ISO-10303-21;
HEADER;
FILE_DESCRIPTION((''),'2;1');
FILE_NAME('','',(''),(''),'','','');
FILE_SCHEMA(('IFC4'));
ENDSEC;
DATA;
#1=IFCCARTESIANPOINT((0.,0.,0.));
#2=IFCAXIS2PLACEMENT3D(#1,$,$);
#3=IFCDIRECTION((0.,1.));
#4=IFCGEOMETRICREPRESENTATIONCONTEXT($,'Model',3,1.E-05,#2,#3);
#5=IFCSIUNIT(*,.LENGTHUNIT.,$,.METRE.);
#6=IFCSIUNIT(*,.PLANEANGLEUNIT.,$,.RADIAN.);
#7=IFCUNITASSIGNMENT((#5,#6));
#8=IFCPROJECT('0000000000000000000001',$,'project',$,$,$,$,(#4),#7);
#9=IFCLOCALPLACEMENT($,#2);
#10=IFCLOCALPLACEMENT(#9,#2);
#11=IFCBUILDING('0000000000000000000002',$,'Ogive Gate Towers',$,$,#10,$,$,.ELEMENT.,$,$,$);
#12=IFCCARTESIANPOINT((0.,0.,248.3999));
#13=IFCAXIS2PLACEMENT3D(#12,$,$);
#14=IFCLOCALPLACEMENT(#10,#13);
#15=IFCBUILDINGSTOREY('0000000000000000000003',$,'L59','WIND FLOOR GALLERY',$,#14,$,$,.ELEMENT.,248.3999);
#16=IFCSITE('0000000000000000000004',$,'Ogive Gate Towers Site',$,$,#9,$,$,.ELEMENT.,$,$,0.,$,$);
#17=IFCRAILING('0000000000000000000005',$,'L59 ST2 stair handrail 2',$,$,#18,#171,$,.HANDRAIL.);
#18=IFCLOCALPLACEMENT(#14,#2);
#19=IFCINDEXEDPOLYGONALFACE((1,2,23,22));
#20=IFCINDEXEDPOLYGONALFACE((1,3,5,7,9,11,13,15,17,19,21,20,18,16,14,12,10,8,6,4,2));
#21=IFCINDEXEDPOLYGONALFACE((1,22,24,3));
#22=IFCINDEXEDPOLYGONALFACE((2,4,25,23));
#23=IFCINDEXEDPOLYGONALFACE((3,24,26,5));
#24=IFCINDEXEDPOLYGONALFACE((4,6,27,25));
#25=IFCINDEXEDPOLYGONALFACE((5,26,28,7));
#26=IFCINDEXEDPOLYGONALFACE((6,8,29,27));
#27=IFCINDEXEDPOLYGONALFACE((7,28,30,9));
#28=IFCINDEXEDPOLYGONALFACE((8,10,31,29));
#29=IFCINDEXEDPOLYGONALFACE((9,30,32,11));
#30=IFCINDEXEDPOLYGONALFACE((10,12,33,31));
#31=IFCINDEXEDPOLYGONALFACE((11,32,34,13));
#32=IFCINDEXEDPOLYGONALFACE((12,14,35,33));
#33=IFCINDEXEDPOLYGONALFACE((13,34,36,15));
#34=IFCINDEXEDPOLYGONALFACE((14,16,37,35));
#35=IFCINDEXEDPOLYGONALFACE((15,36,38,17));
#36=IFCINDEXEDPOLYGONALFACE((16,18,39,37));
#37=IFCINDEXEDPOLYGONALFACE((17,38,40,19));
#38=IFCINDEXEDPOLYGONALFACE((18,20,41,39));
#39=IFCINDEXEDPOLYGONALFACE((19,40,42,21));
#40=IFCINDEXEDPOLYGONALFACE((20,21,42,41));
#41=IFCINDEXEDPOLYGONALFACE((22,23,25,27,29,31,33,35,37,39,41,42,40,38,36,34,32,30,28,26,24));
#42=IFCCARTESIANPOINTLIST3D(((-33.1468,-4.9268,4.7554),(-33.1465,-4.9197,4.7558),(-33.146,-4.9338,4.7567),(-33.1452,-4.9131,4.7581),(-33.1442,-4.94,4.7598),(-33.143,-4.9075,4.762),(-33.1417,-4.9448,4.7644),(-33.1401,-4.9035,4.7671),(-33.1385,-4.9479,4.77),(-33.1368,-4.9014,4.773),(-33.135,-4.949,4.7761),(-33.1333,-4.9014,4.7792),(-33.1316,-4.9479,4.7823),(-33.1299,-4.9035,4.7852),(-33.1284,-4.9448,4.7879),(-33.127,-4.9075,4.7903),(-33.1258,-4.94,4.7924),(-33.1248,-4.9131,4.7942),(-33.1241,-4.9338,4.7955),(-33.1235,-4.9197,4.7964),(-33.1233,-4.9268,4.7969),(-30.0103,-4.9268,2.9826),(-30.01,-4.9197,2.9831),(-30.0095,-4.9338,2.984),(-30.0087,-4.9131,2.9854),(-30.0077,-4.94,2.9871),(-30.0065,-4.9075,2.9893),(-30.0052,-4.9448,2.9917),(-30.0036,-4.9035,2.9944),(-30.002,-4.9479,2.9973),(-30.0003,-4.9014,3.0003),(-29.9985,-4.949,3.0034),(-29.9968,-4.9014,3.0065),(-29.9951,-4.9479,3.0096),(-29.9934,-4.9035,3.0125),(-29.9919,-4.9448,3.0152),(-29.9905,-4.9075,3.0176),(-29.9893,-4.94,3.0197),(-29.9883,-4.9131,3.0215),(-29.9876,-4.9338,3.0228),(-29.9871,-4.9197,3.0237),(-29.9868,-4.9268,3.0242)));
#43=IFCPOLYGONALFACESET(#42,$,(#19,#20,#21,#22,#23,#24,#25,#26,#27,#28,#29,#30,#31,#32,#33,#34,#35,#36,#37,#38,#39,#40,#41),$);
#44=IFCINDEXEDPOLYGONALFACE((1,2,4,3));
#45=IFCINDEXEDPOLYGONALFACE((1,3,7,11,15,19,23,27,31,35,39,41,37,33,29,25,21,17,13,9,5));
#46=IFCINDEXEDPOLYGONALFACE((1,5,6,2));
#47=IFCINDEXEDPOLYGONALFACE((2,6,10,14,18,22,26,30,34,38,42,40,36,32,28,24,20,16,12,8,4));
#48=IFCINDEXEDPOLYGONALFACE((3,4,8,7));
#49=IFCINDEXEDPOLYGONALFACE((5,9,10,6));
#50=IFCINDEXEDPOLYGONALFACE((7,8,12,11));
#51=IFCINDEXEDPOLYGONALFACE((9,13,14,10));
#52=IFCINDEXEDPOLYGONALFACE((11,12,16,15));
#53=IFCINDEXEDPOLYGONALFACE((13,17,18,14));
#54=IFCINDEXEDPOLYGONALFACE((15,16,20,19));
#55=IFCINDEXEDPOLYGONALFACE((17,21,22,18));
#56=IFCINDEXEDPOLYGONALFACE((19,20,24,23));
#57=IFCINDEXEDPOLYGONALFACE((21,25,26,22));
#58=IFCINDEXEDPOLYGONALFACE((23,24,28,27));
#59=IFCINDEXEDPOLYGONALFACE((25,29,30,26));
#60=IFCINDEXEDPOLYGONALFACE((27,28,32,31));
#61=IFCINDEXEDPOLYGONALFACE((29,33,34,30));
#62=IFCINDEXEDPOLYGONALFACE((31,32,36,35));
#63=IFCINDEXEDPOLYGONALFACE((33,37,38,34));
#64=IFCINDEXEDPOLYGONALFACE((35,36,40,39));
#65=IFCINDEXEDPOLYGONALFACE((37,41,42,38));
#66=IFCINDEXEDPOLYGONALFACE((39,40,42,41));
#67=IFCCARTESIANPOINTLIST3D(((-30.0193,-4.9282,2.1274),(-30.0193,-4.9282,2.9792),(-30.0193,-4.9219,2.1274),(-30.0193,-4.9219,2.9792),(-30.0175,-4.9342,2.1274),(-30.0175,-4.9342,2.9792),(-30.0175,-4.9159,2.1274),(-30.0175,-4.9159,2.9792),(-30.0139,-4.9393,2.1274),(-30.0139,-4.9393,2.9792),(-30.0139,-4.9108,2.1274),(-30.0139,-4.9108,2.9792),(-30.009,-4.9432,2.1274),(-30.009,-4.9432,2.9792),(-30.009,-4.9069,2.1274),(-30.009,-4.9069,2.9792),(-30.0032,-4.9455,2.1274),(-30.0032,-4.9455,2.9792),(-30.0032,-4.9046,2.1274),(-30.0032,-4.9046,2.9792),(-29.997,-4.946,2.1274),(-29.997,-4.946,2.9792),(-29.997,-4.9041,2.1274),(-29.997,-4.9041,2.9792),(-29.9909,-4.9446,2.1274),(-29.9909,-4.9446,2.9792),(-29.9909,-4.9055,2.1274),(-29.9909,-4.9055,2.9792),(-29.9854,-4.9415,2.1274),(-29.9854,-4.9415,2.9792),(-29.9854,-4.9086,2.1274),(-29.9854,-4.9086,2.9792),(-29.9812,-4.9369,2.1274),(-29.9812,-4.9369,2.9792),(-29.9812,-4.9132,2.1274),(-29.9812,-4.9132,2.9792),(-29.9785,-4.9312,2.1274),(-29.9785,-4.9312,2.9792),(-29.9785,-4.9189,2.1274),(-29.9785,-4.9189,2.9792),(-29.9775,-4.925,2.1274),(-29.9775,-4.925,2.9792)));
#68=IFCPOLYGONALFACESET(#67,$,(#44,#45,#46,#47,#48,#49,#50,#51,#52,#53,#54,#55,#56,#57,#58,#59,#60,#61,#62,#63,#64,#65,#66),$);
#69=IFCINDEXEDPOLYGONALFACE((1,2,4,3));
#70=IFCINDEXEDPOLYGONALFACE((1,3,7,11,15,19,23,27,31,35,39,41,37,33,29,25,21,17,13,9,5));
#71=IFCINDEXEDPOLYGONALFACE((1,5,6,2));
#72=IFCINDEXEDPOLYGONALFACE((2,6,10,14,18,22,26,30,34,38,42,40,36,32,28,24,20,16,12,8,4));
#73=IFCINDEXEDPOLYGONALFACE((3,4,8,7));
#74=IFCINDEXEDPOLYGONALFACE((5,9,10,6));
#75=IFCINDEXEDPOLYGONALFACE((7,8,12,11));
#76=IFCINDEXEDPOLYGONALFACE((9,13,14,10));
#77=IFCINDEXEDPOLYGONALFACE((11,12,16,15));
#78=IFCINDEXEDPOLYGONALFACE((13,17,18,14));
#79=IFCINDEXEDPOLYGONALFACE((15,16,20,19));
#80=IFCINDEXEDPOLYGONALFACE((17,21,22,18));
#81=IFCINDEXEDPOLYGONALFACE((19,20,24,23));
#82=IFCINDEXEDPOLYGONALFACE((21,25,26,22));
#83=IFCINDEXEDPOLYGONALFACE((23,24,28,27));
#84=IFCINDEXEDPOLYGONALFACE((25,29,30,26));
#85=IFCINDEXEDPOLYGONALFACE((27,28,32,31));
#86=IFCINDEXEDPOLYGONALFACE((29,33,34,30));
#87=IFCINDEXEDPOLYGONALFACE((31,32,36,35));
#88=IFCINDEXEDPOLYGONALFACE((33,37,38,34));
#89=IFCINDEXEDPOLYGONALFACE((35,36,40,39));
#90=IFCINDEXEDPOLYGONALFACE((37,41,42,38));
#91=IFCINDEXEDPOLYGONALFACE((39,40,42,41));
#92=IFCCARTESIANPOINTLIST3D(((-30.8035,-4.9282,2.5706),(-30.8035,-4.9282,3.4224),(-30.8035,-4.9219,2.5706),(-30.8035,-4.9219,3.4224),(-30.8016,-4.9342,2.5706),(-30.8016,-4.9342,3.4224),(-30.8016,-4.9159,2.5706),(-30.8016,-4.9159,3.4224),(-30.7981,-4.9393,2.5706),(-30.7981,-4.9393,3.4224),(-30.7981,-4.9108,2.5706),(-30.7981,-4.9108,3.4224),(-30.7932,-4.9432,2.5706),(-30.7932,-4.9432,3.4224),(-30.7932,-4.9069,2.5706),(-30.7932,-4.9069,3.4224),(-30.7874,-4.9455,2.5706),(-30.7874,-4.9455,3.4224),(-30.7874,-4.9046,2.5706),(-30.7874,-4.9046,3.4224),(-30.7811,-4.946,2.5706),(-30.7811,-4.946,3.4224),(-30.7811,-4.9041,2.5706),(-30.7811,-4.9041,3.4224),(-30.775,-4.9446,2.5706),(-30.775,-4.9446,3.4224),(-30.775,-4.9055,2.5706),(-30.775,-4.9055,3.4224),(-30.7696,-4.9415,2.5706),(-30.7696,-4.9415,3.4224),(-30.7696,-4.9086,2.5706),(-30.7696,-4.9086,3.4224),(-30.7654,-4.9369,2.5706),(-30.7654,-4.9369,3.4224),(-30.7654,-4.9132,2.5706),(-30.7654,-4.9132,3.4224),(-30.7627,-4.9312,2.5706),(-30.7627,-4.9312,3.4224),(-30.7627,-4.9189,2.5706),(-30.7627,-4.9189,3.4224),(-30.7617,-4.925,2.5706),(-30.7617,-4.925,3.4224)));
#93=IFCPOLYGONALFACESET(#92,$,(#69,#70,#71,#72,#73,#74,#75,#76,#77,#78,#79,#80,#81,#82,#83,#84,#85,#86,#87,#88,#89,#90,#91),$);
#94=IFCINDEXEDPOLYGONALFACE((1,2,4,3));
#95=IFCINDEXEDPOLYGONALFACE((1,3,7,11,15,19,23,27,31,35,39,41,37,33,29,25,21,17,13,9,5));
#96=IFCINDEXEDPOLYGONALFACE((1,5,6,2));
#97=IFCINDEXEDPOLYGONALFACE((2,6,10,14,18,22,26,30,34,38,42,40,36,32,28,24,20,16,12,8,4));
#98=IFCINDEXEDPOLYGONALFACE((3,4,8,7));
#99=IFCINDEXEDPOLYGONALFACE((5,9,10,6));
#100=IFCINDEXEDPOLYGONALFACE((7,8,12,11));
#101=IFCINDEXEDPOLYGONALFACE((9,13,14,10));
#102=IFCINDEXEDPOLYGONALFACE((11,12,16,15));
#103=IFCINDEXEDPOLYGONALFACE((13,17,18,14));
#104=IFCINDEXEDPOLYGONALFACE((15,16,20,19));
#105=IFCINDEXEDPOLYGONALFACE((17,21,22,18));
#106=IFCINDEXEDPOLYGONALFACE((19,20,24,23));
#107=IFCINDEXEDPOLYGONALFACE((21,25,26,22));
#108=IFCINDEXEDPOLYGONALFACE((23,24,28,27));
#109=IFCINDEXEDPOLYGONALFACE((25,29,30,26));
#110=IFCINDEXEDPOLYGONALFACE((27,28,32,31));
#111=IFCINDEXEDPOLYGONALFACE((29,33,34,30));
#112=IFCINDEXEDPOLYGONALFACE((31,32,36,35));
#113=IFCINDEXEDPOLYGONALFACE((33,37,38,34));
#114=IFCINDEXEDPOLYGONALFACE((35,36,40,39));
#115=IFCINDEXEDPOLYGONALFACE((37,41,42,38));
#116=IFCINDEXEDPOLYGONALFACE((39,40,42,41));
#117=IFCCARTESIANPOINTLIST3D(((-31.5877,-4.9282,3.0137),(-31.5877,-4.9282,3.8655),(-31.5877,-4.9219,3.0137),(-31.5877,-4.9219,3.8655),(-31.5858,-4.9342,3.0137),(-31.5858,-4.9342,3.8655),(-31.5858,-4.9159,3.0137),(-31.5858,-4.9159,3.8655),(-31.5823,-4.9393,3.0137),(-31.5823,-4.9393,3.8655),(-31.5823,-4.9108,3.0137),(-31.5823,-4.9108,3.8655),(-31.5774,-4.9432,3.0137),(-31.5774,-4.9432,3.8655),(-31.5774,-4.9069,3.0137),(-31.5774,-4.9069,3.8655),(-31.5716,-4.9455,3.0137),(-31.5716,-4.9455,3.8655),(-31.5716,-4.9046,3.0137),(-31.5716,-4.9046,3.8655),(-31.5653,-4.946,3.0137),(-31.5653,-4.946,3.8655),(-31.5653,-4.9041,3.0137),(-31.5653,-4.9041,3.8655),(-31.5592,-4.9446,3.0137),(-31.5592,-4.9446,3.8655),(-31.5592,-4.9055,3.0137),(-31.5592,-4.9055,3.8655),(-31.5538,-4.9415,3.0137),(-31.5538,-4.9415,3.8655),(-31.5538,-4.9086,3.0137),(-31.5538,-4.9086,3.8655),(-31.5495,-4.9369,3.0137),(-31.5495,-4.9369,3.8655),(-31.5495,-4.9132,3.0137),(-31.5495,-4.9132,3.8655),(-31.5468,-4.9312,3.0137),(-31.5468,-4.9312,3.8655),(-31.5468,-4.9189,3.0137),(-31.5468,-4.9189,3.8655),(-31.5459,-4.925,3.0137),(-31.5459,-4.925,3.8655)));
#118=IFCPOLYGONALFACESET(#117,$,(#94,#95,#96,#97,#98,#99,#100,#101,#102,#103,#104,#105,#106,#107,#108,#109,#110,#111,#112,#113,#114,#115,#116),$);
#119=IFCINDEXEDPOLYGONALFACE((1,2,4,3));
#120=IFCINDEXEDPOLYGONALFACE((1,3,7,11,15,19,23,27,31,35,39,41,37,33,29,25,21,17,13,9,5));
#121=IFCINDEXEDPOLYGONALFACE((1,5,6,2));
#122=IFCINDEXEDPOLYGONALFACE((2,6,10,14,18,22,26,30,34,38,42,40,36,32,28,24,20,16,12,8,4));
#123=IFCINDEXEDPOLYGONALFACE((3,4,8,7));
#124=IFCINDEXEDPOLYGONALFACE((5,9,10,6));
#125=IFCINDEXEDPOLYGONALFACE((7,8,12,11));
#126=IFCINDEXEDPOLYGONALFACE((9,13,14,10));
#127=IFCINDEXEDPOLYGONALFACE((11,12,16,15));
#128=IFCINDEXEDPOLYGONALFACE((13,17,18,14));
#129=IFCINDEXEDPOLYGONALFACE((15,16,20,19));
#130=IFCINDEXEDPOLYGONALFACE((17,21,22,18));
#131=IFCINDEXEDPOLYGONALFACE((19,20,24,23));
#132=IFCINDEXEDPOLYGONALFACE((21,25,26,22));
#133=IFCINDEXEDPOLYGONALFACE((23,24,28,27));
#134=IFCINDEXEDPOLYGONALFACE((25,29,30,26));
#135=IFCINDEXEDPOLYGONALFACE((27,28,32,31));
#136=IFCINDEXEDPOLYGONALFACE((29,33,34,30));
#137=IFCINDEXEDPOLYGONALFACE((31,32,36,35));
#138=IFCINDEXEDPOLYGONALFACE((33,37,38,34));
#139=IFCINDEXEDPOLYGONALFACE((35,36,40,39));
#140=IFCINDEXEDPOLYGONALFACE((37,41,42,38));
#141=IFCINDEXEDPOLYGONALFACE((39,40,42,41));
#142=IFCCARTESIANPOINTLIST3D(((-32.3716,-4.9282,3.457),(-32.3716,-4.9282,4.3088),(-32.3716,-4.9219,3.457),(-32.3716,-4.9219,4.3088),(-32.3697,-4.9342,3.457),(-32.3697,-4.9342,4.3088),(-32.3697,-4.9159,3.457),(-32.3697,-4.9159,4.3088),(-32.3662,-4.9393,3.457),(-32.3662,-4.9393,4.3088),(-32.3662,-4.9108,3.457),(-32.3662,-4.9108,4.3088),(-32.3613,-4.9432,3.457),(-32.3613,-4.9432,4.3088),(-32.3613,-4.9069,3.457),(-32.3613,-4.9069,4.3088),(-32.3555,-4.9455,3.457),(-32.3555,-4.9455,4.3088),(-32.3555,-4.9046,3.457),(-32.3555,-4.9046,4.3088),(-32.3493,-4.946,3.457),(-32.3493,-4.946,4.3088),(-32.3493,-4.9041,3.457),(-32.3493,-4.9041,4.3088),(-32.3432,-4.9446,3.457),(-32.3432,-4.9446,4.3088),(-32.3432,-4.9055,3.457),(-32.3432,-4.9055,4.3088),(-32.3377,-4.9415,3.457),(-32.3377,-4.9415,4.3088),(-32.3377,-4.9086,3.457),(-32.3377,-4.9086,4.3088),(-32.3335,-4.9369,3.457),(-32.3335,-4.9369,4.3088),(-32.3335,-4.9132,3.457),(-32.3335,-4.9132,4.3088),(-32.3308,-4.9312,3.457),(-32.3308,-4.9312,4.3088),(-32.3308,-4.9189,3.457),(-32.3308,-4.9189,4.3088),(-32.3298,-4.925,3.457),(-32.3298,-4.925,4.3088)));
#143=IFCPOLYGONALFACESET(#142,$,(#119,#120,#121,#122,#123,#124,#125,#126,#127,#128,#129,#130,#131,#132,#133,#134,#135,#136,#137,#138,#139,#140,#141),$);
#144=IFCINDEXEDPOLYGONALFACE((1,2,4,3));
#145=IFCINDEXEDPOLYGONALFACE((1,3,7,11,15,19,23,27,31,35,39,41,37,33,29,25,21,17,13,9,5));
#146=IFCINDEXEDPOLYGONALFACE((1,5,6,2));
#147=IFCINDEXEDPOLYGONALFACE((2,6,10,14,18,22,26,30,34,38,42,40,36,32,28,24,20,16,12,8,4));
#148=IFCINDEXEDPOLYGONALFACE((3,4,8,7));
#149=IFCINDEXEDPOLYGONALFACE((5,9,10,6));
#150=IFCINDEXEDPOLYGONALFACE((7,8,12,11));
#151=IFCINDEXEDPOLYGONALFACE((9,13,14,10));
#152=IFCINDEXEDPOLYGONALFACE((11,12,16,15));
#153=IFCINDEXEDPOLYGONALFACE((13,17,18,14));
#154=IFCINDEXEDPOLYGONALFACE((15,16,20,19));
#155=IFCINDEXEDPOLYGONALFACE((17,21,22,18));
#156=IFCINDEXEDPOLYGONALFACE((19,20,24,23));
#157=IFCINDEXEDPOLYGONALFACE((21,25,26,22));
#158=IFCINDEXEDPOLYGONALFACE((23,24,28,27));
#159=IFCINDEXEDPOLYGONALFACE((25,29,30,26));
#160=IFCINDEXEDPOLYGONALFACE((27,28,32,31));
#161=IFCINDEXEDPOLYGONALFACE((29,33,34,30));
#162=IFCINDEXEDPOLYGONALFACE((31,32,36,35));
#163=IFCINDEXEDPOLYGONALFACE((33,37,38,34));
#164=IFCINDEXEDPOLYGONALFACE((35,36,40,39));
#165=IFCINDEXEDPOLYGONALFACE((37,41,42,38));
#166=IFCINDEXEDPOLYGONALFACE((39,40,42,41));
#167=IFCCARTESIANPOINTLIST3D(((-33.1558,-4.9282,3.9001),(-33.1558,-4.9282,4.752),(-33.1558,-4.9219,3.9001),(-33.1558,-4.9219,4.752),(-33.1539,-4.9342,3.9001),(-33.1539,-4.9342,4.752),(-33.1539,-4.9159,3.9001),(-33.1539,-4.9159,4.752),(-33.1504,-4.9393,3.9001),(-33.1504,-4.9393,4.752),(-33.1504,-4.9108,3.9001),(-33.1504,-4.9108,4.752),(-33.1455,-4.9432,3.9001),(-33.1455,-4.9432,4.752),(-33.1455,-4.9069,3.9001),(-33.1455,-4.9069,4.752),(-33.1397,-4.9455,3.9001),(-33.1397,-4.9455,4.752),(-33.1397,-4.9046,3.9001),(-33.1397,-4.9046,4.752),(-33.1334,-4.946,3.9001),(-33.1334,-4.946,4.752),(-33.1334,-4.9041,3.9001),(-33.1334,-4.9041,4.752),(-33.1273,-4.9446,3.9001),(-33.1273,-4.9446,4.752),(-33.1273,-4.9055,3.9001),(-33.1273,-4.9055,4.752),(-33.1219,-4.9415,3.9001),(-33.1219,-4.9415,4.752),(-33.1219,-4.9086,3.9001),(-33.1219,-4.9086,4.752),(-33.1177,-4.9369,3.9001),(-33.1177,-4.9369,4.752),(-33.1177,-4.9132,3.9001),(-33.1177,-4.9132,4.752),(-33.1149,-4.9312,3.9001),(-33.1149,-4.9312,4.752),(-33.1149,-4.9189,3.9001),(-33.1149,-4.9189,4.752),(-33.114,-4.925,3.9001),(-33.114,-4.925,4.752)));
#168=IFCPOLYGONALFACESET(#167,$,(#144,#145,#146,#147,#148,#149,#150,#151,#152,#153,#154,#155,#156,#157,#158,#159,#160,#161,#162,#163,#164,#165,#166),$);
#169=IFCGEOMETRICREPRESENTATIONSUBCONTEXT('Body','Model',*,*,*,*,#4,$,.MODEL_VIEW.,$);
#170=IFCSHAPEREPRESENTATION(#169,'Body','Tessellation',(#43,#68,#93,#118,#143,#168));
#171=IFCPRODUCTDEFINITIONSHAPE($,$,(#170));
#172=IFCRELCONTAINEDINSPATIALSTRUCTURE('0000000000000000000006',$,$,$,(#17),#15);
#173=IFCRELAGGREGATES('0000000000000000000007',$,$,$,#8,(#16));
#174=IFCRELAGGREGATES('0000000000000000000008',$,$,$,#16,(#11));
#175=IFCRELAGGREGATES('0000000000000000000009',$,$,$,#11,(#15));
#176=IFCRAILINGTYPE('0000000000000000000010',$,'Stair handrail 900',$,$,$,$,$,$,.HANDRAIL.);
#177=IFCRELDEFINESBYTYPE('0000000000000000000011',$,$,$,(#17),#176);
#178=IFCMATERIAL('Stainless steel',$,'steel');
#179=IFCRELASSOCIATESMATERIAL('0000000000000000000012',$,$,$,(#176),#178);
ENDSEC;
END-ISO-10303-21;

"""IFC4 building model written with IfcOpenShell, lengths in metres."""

from ifc_helpers import new_model, si_unit, direction, frame, origin, origin_2d, place, context, subcontext, project, spatial, circle, extrude, material, type_object, element, save


model = new_model("IFC4")

# Units and contexts
model_context = context("Model", 3, precision=1e-05, world=origin(), true_north=direction((0.0, 1.0)))
body_context = subcontext(model_context, "Body", "Model", "MODEL_VIEW")
ifc_project = project(units=[si_unit("LENGTHUNIT", "METRE"), si_unit("PLANEANGLEUNIT", "RADIAN")], contexts=[model_context])

# Site, building, storey
site_placement = place(None, origin())
site = spatial("IfcSite", under=ifc_project, at=site_placement, Name="Ogive Gate Towers Site", CompositionType="ELEMENT", RefElevation=0.0)
building_placement = place(site_placement, origin())
building = spatial("IfcBuilding", under=site, at=building_placement, Name="Ogive Gate Towers", CompositionType="ELEMENT")
storey_placement = place(building_placement, frame((0.0, 0.0, 248.3999)))
storey = spatial("IfcBuildingStorey", under=building, at=storey_placement, Name="L59", Description="WIND FLOOR GALLERY", CompositionType="ELEMENT", Elevation=248.3999)

# Railing
ifc_material_1 = material(Name="Stainless steel", Category="steel")
railing_type_1 = type_object("IfcRailingType", Name="Stair handrail 900", PredefinedType="HANDRAIL", material=ifc_material_1)
railing_1_placement = place(storey_placement, frame((-29.9985, -4.925, 2.1274)))
element("IfcRailing", 1, at=railing_1_placement, inside=storey, type_object=railing_type_1, Name="L59 ST2 stair handrail 2", PredefinedType="HANDRAIL", context=body_context, shape_type="SweptSolid", body=[
    extrude(circle(Radius=0.0239, at=origin_2d()), frame((0.0, 0.0, 0.876), z_axis=(-0.870573, 0.0, 0.492039), x_axis=(0.0, -1.0, 0.0)), (0.0, 0.0, 1.0), 3.6028),
    extrude(circle(Radius=0.021, at=origin_2d()), origin(), (0.0, 0.0, 1.0), 0.8518),
    extrude(circle(Radius=0.021, at=origin_2d()), frame((-0.7842, 0.0, 0.4431)), (0.0, 0.0, 1.0), 0.8518),
    extrude(circle(Radius=0.021, at=origin_2d()), frame((-1.5684, 0.0, 0.8862)), (0.0, 0.0, 1.0), 0.8518),
    extrude(circle(Radius=0.021, at=origin_2d()), frame((-2.3523, 0.0, 1.3296)), (0.0, 0.0, 1.0), 0.8518),
    extrude(circle(Radius=0.021, at=origin_2d()), frame((-3.1365, 0.0, 1.7727)), (0.0, 0.0, 1.0), 0.8518),
])

save(model, "model.ifc")
